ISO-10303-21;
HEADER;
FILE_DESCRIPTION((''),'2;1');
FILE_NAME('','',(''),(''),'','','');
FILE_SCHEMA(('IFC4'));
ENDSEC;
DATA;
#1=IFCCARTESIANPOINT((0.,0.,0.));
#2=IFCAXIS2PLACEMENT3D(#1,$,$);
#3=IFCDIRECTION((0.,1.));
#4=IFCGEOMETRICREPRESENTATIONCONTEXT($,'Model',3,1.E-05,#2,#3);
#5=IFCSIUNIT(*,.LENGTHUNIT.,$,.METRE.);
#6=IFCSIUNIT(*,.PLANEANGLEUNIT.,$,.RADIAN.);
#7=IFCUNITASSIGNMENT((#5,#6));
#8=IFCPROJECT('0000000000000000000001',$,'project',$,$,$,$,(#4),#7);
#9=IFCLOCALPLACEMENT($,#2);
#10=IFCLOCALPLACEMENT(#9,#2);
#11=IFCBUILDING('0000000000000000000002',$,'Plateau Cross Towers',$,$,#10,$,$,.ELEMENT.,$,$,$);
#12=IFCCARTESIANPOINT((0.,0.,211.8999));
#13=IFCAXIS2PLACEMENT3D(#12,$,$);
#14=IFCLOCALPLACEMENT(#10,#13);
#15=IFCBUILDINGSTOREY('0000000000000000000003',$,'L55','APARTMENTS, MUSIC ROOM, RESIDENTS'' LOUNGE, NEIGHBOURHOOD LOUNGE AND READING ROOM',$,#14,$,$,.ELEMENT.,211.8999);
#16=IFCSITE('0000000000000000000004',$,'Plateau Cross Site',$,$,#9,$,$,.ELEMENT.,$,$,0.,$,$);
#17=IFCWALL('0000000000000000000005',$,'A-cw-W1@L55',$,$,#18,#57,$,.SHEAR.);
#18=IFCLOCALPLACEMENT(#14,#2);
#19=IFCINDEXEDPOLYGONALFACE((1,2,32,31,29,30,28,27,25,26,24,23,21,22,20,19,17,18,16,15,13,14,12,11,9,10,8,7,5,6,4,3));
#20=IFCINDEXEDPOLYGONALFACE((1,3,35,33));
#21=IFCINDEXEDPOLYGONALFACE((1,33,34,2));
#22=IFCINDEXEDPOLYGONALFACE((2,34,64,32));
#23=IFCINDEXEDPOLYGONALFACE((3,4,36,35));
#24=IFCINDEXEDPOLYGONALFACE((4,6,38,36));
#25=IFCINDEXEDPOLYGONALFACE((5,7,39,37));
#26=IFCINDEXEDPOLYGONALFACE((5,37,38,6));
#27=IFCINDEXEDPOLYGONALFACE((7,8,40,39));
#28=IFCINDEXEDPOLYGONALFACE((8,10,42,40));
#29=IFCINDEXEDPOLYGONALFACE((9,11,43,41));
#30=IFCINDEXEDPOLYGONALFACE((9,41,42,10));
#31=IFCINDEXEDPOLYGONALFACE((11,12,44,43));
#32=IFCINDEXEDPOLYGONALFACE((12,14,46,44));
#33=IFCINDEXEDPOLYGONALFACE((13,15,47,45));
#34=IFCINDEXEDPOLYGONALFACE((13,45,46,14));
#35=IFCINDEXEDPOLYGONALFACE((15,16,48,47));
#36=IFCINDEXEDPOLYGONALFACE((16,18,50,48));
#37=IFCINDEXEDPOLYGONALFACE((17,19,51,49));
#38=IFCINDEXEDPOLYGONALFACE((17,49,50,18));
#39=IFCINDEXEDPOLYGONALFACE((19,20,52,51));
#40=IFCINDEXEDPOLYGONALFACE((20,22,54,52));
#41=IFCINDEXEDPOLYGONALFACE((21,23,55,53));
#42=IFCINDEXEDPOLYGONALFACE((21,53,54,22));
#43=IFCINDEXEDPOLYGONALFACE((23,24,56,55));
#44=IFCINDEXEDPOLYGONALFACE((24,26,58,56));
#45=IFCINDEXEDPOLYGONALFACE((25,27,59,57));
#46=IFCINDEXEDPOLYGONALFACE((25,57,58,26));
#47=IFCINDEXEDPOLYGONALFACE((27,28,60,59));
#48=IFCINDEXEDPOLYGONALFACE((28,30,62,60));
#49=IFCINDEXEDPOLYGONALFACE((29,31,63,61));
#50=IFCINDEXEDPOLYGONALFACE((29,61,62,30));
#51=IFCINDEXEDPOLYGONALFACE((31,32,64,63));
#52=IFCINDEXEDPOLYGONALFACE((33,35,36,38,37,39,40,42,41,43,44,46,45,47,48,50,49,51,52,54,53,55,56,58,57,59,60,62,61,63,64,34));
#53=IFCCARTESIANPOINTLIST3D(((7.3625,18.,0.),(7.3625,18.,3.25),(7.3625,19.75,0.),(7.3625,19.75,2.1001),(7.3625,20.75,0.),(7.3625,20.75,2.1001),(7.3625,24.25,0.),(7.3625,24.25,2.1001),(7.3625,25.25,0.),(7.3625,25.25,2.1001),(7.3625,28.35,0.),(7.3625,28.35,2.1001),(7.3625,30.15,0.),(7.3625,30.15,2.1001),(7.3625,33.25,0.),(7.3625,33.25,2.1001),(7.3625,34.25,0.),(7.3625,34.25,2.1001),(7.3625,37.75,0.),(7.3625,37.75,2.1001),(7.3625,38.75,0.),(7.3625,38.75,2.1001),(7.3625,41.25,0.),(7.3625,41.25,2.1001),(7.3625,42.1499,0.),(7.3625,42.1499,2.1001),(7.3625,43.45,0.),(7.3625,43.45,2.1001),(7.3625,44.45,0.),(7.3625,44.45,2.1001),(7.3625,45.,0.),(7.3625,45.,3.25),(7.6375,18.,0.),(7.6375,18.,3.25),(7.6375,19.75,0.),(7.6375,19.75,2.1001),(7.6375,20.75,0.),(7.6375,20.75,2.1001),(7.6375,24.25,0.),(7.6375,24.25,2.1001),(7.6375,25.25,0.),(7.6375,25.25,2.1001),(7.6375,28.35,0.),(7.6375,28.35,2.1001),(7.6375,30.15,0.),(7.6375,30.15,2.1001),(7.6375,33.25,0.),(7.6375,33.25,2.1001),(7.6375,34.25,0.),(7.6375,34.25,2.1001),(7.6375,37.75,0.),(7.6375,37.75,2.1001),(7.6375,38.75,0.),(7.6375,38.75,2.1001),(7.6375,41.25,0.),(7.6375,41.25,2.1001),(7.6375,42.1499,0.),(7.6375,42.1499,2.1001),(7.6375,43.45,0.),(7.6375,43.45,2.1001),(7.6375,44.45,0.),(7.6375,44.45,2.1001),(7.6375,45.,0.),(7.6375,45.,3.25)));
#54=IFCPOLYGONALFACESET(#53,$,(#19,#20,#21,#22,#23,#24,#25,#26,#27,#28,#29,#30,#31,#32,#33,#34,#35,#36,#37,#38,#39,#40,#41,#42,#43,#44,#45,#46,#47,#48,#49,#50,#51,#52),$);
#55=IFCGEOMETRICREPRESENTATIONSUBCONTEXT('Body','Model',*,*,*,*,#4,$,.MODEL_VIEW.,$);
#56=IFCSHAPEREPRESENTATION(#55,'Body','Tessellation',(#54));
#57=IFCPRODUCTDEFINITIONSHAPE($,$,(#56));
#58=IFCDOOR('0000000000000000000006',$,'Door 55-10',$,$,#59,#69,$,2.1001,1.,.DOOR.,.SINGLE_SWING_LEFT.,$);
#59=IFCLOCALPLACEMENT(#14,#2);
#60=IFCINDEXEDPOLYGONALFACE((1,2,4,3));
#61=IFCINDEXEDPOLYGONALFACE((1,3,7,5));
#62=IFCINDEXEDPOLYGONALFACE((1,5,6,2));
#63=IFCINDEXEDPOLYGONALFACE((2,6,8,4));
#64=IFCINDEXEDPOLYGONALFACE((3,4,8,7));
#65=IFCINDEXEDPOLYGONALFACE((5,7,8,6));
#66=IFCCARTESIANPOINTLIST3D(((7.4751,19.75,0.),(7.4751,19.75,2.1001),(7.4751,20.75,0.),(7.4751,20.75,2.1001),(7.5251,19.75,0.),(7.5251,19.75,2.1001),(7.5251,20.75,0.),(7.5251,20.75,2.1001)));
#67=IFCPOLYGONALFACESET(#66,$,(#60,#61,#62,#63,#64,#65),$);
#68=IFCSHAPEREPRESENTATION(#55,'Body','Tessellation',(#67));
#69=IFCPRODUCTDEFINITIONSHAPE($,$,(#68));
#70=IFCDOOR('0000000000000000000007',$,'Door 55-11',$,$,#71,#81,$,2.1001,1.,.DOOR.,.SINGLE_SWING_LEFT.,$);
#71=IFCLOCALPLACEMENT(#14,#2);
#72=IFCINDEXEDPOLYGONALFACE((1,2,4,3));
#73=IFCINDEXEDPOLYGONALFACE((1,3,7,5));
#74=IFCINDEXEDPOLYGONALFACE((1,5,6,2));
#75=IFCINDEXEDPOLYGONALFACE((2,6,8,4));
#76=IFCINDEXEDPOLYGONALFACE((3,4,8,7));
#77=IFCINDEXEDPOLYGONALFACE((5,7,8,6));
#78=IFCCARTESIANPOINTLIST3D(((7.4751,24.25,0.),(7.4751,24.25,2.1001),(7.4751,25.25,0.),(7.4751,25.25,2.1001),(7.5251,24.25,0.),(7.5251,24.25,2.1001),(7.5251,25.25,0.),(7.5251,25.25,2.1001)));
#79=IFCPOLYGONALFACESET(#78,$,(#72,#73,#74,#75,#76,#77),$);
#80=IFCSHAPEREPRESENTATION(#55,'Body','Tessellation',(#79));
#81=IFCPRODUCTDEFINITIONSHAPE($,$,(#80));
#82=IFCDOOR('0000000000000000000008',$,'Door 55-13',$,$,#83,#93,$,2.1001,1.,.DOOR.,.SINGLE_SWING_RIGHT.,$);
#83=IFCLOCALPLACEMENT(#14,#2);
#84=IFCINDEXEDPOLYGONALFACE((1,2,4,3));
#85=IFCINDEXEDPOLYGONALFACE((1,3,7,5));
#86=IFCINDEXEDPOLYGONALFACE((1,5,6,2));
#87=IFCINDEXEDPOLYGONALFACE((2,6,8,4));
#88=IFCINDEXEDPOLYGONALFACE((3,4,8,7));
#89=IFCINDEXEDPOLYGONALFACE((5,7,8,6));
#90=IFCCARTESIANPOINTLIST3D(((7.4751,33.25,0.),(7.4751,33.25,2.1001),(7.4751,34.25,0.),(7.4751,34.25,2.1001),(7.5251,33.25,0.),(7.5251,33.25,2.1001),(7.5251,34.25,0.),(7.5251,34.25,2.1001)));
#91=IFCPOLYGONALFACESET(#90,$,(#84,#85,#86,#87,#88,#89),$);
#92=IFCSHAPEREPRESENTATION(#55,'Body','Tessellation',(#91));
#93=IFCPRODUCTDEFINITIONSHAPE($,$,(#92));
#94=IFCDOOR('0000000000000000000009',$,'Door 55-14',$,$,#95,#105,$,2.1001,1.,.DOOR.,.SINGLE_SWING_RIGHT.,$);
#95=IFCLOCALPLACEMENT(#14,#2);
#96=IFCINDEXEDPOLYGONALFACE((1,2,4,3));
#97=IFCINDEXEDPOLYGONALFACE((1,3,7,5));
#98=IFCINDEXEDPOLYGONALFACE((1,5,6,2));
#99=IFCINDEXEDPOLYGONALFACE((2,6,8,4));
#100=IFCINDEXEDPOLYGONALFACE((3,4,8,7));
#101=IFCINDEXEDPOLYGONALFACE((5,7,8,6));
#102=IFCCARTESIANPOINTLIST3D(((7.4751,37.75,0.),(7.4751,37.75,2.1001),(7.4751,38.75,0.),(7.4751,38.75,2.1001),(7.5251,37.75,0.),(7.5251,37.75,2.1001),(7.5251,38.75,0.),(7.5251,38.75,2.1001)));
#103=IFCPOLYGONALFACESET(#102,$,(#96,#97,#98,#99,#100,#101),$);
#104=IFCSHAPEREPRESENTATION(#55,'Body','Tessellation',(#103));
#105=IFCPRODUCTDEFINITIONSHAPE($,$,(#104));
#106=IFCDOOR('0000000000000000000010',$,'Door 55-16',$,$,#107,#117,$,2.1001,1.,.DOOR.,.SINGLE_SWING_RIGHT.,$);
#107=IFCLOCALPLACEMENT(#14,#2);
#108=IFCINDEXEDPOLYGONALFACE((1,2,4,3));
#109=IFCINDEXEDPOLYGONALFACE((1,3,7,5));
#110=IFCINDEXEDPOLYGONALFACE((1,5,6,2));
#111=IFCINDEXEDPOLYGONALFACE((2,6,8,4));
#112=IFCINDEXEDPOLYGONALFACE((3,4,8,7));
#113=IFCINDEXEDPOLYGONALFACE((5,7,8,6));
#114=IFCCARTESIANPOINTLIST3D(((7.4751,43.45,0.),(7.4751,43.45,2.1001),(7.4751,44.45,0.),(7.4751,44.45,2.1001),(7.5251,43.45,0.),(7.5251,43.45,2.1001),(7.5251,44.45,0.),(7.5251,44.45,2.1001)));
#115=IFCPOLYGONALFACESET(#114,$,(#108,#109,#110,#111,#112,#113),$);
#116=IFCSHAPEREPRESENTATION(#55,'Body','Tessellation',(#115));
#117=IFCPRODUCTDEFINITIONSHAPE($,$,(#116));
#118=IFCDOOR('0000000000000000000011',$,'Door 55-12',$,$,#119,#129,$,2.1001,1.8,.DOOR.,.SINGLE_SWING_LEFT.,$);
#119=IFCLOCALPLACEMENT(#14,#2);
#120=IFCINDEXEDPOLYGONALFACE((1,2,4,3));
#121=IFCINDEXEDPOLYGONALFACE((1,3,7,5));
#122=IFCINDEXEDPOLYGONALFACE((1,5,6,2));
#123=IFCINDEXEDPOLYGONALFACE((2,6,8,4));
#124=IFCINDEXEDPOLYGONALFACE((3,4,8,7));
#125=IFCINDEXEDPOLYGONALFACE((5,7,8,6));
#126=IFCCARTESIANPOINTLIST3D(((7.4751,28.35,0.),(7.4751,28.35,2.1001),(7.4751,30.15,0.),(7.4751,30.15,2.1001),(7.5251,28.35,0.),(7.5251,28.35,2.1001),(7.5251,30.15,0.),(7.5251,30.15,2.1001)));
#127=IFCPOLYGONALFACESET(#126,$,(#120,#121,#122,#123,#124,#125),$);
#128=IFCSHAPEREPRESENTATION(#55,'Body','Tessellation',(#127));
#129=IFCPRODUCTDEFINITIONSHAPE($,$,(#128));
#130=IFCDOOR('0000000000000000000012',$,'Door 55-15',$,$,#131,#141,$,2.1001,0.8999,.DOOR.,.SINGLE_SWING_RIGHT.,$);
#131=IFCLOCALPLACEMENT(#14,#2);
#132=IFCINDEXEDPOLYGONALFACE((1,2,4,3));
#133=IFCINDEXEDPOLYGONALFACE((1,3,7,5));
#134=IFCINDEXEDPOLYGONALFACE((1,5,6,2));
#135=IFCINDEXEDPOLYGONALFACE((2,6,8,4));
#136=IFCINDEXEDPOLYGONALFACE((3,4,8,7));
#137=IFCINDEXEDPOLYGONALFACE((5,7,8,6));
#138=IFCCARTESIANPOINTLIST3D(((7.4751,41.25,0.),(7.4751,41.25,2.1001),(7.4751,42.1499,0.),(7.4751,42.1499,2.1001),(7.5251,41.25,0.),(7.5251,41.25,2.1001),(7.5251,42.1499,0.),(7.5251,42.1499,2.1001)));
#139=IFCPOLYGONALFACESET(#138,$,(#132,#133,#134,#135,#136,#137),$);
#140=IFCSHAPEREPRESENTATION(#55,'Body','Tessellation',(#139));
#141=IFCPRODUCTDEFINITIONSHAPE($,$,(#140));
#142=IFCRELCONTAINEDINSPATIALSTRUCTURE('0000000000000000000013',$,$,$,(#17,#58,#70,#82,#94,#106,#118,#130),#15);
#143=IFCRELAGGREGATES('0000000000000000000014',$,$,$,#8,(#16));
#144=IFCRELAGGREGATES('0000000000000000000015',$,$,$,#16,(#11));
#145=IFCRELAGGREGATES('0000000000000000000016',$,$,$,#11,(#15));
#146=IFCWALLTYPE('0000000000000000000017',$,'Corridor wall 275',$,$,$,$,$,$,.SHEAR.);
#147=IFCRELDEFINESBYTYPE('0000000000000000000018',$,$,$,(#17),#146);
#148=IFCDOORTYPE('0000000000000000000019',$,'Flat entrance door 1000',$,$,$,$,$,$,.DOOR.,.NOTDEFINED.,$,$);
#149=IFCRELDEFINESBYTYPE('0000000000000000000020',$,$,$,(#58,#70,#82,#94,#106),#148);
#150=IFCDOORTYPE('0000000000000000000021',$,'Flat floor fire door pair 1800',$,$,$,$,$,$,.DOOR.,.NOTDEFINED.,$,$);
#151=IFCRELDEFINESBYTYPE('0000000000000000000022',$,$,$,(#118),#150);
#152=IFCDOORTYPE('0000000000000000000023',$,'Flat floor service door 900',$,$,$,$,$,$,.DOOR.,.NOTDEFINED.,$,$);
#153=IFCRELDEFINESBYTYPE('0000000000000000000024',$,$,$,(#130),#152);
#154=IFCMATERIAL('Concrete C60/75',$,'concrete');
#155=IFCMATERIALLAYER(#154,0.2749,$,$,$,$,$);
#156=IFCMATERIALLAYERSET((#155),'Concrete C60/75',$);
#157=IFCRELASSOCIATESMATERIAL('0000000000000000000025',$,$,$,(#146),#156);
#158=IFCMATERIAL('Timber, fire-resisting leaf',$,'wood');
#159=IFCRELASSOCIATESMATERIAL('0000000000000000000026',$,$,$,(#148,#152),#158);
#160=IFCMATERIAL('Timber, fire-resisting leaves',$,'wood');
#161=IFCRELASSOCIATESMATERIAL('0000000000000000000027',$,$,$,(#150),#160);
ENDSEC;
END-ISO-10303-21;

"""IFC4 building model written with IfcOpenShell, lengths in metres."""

from ifc_helpers import new_model, si_unit, direction, frame, frame_2d, origin, place, context, subcontext, project, spatial, rectangle, extrude, material, layer, layer_set, type_object, element, fill, save


model = new_model("IFC4")

# Units and contexts
model_context = context("Model", 3, precision=1e-05, world=origin(), true_north=direction((0.0, 1.0)))
body_context = subcontext(model_context, "Body", "Model", "MODEL_VIEW")
ifc_project = project(units=[si_unit("LENGTHUNIT", "METRE"), si_unit("PLANEANGLEUNIT", "RADIAN")], contexts=[model_context])

# Site, building, storey
site_placement = place(None, origin())
site = spatial("IfcSite", under=ifc_project, at=site_placement, Name="Plateau Cross Site", CompositionType="ELEMENT", RefElevation=0.0)
building_placement = place(site_placement, origin())
building = spatial("IfcBuilding", under=site, at=building_placement, Name="Plateau Cross Towers", CompositionType="ELEMENT")
storey_placement = place(building_placement, frame((0.0, 0.0, 211.8999)))
storey = spatial("IfcBuildingStorey", under=building, at=storey_placement, Name="L55", Description="APARTMENTS, MUSIC ROOM, RESIDENTS' LOUNGE, NEIGHBOURHOOD LOUNGE AND READING ROOM", CompositionType="ELEMENT", Elevation=211.8999)

# Wall, openings, doors
ifc_material_1 = material(Name="Concrete C60/75", Category="concrete")
ifc_layer = layer(ifc_material_1, 0.2749)
ifc_layer_set = layer_set([ifc_layer], Name="Concrete C60/75")
wall_type = type_object("IfcWallType", Name="Corridor wall 275", PredefinedType="SHEAR", material=ifc_layer_set)
wall_1_placement = place(storey_placement, frame((7.5, 18.0, 0.0), z_axis=(0.0, 0.0, 1.0), x_axis=(0.0, 1.0, 0.0)))
wall_1 = element("IfcWall", 1, at=wall_1_placement, inside=storey, type_object=wall_type, Name="A-cw-W1@L55", PredefinedType="SHEAR", context=body_context, shape_type="SweptSolid", body=[
    extrude(rectangle(XDim=27.0, YDim=0.2749, at=frame_2d((13.5, 0.0))), origin(), (0.0, 0.0, 1.0), 3.25),
])
opening_1_placement = place(wall_1_placement, frame((1.75, 0.0, 0.0)))
opening_1 = element("IfcOpeningElement", 2, at=opening_1_placement, cuts=wall_1, PredefinedType="OPENING", context=body_context, shape_type="SweptSolid", body=[
    extrude(rectangle(XDim=1.0, YDim=2.1001, at=frame_2d((0.5, 1.05))), frame((0.0, 0.1475, 0.0), z_axis=(0.0, -1.0, 0.0), x_axis=(1.0, 0.0, 0.0)), (0.0, 0.0, 1.0), 0.2949),
])
opening_2_placement = place(wall_1_placement, frame((6.25, 0.0, 0.0)))
opening_2 = element("IfcOpeningElement", 3, at=opening_2_placement, cuts=wall_1, PredefinedType="OPENING", context=body_context, shape_type="SweptSolid", body=[
    extrude(rectangle(XDim=1.0, YDim=2.1001, at=frame_2d((0.5, 1.05))), frame((0.0, 0.1475, 0.0), z_axis=(0.0, -1.0, 0.0), x_axis=(1.0, 0.0, 0.0)), (0.0, 0.0, 1.0), 0.2949),
])
opening_3_placement = place(wall_1_placement, frame((10.3501, 0.0, 0.0)))
opening_3 = element("IfcOpeningElement", 4, at=opening_3_placement, cuts=wall_1, PredefinedType="OPENING", context=body_context, shape_type="SweptSolid", body=[
    extrude(rectangle(XDim=1.8, YDim=2.1001, at=frame_2d((0.8999, 1.05))), frame((0.0, 0.1475, 0.0), z_axis=(0.0, -1.0, 0.0), x_axis=(1.0, 0.0, 0.0)), (0.0, 0.0, 1.0), 0.2949),
])
opening_4_placement = place(wall_1_placement, frame((15.25, 0.0, 0.0)))
opening_4 = element("IfcOpeningElement", 5, at=opening_4_placement, cuts=wall_1, PredefinedType="OPENING", context=body_context, shape_type="SweptSolid", body=[
    extrude(rectangle(XDim=1.0, YDim=2.1001, at=frame_2d((0.5, 1.05))), frame((0.0, 0.1475, 0.0), z_axis=(0.0, -1.0, 0.0), x_axis=(1.0, 0.0, 0.0)), (0.0, 0.0, 1.0), 0.2949),
])
opening_5_placement = place(wall_1_placement, frame((19.75, 0.0, 0.0)))
opening_5 = element("IfcOpeningElement", 6, at=opening_5_placement, cuts=wall_1, PredefinedType="OPENING", context=body_context, shape_type="SweptSolid", body=[
    extrude(rectangle(XDim=1.0, YDim=2.1001, at=frame_2d((0.5, 1.05))), frame((0.0, 0.1475, 0.0), z_axis=(0.0, -1.0, 0.0), x_axis=(1.0, 0.0, 0.0)), (0.0, 0.0, 1.0), 0.2949),
])
opening_6_placement = place(wall_1_placement, frame((23.25, 0.0, 0.0)))
opening_6 = element("IfcOpeningElement", 7, at=opening_6_placement, cuts=wall_1, PredefinedType="OPENING", context=body_context, shape_type="SweptSolid", body=[
    extrude(rectangle(XDim=0.8999, YDim=2.1001, at=frame_2d((0.45, 1.05))), frame((0.0, 0.1475, 0.0), z_axis=(0.0, -1.0, 0.0), x_axis=(1.0, 0.0, 0.0)), (0.0, 0.0, 1.0), 0.2949),
])
opening_7_placement = place(wall_1_placement, frame((25.45, 0.0, 0.0)))
opening_7 = element("IfcOpeningElement", 8, at=opening_7_placement, cuts=wall_1, PredefinedType="OPENING", context=body_context, shape_type="SweptSolid", body=[
    extrude(rectangle(XDim=1.0, YDim=2.1001, at=frame_2d((0.5, 1.05))), frame((0.0, 0.1475, 0.0), z_axis=(0.0, -1.0, 0.0), x_axis=(1.0, 0.0, 0.0)), (0.0, 0.0, 1.0), 0.2949),
])
ifc_material_2 = material(Name="Timber, fire-resisting leaf", Category="wood")
door_type_1 = type_object("IfcDoorType", Name="Flat entrance door 1000", OperationType="NOTDEFINED", PredefinedType="DOOR", material=ifc_material_2)
door_1_placement = place(opening_1_placement, origin())
door_1 = element("IfcDoor", 9, at=door_1_placement, inside=storey, type_object=door_type_1, Name="Door 55-10", OperationType="SINGLE_SWING_LEFT", OverallHeight=2.1001, OverallWidth=1.0, PredefinedType="DOOR", context=body_context, shape_type="SweptSolid", body=[
    extrude(rectangle(XDim=1.0, YDim=2.1001, at=frame_2d((0.5, 1.05))), frame((0.0, 0.0249, 0.0), z_axis=(0.0, -1.0, 0.0), x_axis=(1.0, 0.0, 0.0)), (0.0, 0.0, 1.0), 0.05),
])
fill(opening_1, door_1)
door_2_placement = place(opening_2_placement, origin())
door_2 = element("IfcDoor", 10, at=door_2_placement, inside=storey, type_object=door_type_1, Name="Door 55-11", OperationType="SINGLE_SWING_LEFT", OverallHeight=2.1001, OverallWidth=1.0, PredefinedType="DOOR", context=body_context, shape_type="SweptSolid", body=[
    extrude(rectangle(XDim=1.0, YDim=2.1001, at=frame_2d((0.5, 1.05))), frame((0.0, 0.0249, 0.0), z_axis=(0.0, -1.0, 0.0), x_axis=(1.0, 0.0, 0.0)), (0.0, 0.0, 1.0), 0.05),
])
fill(opening_2, door_2)
door_3_placement = place(opening_4_placement, origin())
door_3 = element("IfcDoor", 11, at=door_3_placement, inside=storey, type_object=door_type_1, Name="Door 55-13", OperationType="SINGLE_SWING_RIGHT", OverallHeight=2.1001, OverallWidth=1.0, PredefinedType="DOOR", context=body_context, shape_type="SweptSolid", body=[
    extrude(rectangle(XDim=1.0, YDim=2.1001, at=frame_2d((0.5, 1.05))), frame((0.0, 0.0249, 0.0), z_axis=(0.0, -1.0, 0.0), x_axis=(1.0, 0.0, 0.0)), (0.0, 0.0, 1.0), 0.05),
])
fill(opening_4, door_3)
door_4_placement = place(opening_5_placement, origin())
door_4 = element("IfcDoor", 12, at=door_4_placement, inside=storey, type_object=door_type_1, Name="Door 55-14", OperationType="SINGLE_SWING_RIGHT", OverallHeight=2.1001, OverallWidth=1.0, PredefinedType="DOOR", context=body_context, shape_type="SweptSolid", body=[
    extrude(rectangle(XDim=1.0, YDim=2.1001, at=frame_2d((0.5, 1.05))), frame((0.0, 0.0249, 0.0), z_axis=(0.0, -1.0, 0.0), x_axis=(1.0, 0.0, 0.0)), (0.0, 0.0, 1.0), 0.05),
])
fill(opening_5, door_4)
door_5_placement = place(opening_7_placement, origin())
door_5 = element("IfcDoor", 13, at=door_5_placement, inside=storey, type_object=door_type_1, Name="Door 55-16", OperationType="SINGLE_SWING_RIGHT", OverallHeight=2.1001, OverallWidth=1.0, PredefinedType="DOOR", context=body_context, shape_type="SweptSolid", body=[
    extrude(rectangle(XDim=1.0, YDim=2.1001, at=frame_2d((0.5, 1.05))), frame((0.0, 0.0249, 0.0), z_axis=(0.0, -1.0, 0.0), x_axis=(1.0, 0.0, 0.0)), (0.0, 0.0, 1.0), 0.05),
])
fill(opening_7, door_5)
ifc_material_3 = material(Name="Timber, fire-resisting leaves", Category="wood")
door_type_2 = type_object("IfcDoorType", Name="Flat floor fire door pair 1800", OperationType="NOTDEFINED", PredefinedType="DOOR", material=ifc_material_3)
door_6_placement = place(opening_3_placement, origin())
door_6 = element("IfcDoor", 14, at=door_6_placement, inside=storey, type_object=door_type_2, Name="Door 55-12", OperationType="SINGLE_SWING_LEFT", OverallHeight=2.1001, OverallWidth=1.8, PredefinedType="DOOR", context=body_context, shape_type="SweptSolid", body=[
    extrude(rectangle(XDim=1.8, YDim=2.1001, at=frame_2d((0.8999, 1.05))), frame((0.0, 0.0249, 0.0), z_axis=(0.0, -1.0, 0.0), x_axis=(1.0, 0.0, 0.0)), (0.0, 0.0, 1.0), 0.05),
])
fill(opening_3, door_6)
door_type_3 = type_object("IfcDoorType", Name="Flat floor service door 900", OperationType="NOTDEFINED", PredefinedType="DOOR", material=ifc_material_2)
door_7_placement = place(opening_6_placement, origin())
door_7 = element("IfcDoor", 15, at=door_7_placement, inside=storey, type_object=door_type_3, Name="Door 55-15", OperationType="SINGLE_SWING_RIGHT", OverallHeight=2.1001, OverallWidth=0.8999, PredefinedType="DOOR", context=body_context, shape_type="SweptSolid", body=[
    extrude(rectangle(XDim=0.8999, YDim=2.1001, at=frame_2d((0.45, 1.05))), frame((0.0, 0.0249, 0.0), z_axis=(0.0, -1.0, 0.0), x_axis=(1.0, 0.0, 0.0)), (0.0, 0.0, 1.0), 0.05),
])
fill(opening_6, door_7)

save(model, "model.ifc")
